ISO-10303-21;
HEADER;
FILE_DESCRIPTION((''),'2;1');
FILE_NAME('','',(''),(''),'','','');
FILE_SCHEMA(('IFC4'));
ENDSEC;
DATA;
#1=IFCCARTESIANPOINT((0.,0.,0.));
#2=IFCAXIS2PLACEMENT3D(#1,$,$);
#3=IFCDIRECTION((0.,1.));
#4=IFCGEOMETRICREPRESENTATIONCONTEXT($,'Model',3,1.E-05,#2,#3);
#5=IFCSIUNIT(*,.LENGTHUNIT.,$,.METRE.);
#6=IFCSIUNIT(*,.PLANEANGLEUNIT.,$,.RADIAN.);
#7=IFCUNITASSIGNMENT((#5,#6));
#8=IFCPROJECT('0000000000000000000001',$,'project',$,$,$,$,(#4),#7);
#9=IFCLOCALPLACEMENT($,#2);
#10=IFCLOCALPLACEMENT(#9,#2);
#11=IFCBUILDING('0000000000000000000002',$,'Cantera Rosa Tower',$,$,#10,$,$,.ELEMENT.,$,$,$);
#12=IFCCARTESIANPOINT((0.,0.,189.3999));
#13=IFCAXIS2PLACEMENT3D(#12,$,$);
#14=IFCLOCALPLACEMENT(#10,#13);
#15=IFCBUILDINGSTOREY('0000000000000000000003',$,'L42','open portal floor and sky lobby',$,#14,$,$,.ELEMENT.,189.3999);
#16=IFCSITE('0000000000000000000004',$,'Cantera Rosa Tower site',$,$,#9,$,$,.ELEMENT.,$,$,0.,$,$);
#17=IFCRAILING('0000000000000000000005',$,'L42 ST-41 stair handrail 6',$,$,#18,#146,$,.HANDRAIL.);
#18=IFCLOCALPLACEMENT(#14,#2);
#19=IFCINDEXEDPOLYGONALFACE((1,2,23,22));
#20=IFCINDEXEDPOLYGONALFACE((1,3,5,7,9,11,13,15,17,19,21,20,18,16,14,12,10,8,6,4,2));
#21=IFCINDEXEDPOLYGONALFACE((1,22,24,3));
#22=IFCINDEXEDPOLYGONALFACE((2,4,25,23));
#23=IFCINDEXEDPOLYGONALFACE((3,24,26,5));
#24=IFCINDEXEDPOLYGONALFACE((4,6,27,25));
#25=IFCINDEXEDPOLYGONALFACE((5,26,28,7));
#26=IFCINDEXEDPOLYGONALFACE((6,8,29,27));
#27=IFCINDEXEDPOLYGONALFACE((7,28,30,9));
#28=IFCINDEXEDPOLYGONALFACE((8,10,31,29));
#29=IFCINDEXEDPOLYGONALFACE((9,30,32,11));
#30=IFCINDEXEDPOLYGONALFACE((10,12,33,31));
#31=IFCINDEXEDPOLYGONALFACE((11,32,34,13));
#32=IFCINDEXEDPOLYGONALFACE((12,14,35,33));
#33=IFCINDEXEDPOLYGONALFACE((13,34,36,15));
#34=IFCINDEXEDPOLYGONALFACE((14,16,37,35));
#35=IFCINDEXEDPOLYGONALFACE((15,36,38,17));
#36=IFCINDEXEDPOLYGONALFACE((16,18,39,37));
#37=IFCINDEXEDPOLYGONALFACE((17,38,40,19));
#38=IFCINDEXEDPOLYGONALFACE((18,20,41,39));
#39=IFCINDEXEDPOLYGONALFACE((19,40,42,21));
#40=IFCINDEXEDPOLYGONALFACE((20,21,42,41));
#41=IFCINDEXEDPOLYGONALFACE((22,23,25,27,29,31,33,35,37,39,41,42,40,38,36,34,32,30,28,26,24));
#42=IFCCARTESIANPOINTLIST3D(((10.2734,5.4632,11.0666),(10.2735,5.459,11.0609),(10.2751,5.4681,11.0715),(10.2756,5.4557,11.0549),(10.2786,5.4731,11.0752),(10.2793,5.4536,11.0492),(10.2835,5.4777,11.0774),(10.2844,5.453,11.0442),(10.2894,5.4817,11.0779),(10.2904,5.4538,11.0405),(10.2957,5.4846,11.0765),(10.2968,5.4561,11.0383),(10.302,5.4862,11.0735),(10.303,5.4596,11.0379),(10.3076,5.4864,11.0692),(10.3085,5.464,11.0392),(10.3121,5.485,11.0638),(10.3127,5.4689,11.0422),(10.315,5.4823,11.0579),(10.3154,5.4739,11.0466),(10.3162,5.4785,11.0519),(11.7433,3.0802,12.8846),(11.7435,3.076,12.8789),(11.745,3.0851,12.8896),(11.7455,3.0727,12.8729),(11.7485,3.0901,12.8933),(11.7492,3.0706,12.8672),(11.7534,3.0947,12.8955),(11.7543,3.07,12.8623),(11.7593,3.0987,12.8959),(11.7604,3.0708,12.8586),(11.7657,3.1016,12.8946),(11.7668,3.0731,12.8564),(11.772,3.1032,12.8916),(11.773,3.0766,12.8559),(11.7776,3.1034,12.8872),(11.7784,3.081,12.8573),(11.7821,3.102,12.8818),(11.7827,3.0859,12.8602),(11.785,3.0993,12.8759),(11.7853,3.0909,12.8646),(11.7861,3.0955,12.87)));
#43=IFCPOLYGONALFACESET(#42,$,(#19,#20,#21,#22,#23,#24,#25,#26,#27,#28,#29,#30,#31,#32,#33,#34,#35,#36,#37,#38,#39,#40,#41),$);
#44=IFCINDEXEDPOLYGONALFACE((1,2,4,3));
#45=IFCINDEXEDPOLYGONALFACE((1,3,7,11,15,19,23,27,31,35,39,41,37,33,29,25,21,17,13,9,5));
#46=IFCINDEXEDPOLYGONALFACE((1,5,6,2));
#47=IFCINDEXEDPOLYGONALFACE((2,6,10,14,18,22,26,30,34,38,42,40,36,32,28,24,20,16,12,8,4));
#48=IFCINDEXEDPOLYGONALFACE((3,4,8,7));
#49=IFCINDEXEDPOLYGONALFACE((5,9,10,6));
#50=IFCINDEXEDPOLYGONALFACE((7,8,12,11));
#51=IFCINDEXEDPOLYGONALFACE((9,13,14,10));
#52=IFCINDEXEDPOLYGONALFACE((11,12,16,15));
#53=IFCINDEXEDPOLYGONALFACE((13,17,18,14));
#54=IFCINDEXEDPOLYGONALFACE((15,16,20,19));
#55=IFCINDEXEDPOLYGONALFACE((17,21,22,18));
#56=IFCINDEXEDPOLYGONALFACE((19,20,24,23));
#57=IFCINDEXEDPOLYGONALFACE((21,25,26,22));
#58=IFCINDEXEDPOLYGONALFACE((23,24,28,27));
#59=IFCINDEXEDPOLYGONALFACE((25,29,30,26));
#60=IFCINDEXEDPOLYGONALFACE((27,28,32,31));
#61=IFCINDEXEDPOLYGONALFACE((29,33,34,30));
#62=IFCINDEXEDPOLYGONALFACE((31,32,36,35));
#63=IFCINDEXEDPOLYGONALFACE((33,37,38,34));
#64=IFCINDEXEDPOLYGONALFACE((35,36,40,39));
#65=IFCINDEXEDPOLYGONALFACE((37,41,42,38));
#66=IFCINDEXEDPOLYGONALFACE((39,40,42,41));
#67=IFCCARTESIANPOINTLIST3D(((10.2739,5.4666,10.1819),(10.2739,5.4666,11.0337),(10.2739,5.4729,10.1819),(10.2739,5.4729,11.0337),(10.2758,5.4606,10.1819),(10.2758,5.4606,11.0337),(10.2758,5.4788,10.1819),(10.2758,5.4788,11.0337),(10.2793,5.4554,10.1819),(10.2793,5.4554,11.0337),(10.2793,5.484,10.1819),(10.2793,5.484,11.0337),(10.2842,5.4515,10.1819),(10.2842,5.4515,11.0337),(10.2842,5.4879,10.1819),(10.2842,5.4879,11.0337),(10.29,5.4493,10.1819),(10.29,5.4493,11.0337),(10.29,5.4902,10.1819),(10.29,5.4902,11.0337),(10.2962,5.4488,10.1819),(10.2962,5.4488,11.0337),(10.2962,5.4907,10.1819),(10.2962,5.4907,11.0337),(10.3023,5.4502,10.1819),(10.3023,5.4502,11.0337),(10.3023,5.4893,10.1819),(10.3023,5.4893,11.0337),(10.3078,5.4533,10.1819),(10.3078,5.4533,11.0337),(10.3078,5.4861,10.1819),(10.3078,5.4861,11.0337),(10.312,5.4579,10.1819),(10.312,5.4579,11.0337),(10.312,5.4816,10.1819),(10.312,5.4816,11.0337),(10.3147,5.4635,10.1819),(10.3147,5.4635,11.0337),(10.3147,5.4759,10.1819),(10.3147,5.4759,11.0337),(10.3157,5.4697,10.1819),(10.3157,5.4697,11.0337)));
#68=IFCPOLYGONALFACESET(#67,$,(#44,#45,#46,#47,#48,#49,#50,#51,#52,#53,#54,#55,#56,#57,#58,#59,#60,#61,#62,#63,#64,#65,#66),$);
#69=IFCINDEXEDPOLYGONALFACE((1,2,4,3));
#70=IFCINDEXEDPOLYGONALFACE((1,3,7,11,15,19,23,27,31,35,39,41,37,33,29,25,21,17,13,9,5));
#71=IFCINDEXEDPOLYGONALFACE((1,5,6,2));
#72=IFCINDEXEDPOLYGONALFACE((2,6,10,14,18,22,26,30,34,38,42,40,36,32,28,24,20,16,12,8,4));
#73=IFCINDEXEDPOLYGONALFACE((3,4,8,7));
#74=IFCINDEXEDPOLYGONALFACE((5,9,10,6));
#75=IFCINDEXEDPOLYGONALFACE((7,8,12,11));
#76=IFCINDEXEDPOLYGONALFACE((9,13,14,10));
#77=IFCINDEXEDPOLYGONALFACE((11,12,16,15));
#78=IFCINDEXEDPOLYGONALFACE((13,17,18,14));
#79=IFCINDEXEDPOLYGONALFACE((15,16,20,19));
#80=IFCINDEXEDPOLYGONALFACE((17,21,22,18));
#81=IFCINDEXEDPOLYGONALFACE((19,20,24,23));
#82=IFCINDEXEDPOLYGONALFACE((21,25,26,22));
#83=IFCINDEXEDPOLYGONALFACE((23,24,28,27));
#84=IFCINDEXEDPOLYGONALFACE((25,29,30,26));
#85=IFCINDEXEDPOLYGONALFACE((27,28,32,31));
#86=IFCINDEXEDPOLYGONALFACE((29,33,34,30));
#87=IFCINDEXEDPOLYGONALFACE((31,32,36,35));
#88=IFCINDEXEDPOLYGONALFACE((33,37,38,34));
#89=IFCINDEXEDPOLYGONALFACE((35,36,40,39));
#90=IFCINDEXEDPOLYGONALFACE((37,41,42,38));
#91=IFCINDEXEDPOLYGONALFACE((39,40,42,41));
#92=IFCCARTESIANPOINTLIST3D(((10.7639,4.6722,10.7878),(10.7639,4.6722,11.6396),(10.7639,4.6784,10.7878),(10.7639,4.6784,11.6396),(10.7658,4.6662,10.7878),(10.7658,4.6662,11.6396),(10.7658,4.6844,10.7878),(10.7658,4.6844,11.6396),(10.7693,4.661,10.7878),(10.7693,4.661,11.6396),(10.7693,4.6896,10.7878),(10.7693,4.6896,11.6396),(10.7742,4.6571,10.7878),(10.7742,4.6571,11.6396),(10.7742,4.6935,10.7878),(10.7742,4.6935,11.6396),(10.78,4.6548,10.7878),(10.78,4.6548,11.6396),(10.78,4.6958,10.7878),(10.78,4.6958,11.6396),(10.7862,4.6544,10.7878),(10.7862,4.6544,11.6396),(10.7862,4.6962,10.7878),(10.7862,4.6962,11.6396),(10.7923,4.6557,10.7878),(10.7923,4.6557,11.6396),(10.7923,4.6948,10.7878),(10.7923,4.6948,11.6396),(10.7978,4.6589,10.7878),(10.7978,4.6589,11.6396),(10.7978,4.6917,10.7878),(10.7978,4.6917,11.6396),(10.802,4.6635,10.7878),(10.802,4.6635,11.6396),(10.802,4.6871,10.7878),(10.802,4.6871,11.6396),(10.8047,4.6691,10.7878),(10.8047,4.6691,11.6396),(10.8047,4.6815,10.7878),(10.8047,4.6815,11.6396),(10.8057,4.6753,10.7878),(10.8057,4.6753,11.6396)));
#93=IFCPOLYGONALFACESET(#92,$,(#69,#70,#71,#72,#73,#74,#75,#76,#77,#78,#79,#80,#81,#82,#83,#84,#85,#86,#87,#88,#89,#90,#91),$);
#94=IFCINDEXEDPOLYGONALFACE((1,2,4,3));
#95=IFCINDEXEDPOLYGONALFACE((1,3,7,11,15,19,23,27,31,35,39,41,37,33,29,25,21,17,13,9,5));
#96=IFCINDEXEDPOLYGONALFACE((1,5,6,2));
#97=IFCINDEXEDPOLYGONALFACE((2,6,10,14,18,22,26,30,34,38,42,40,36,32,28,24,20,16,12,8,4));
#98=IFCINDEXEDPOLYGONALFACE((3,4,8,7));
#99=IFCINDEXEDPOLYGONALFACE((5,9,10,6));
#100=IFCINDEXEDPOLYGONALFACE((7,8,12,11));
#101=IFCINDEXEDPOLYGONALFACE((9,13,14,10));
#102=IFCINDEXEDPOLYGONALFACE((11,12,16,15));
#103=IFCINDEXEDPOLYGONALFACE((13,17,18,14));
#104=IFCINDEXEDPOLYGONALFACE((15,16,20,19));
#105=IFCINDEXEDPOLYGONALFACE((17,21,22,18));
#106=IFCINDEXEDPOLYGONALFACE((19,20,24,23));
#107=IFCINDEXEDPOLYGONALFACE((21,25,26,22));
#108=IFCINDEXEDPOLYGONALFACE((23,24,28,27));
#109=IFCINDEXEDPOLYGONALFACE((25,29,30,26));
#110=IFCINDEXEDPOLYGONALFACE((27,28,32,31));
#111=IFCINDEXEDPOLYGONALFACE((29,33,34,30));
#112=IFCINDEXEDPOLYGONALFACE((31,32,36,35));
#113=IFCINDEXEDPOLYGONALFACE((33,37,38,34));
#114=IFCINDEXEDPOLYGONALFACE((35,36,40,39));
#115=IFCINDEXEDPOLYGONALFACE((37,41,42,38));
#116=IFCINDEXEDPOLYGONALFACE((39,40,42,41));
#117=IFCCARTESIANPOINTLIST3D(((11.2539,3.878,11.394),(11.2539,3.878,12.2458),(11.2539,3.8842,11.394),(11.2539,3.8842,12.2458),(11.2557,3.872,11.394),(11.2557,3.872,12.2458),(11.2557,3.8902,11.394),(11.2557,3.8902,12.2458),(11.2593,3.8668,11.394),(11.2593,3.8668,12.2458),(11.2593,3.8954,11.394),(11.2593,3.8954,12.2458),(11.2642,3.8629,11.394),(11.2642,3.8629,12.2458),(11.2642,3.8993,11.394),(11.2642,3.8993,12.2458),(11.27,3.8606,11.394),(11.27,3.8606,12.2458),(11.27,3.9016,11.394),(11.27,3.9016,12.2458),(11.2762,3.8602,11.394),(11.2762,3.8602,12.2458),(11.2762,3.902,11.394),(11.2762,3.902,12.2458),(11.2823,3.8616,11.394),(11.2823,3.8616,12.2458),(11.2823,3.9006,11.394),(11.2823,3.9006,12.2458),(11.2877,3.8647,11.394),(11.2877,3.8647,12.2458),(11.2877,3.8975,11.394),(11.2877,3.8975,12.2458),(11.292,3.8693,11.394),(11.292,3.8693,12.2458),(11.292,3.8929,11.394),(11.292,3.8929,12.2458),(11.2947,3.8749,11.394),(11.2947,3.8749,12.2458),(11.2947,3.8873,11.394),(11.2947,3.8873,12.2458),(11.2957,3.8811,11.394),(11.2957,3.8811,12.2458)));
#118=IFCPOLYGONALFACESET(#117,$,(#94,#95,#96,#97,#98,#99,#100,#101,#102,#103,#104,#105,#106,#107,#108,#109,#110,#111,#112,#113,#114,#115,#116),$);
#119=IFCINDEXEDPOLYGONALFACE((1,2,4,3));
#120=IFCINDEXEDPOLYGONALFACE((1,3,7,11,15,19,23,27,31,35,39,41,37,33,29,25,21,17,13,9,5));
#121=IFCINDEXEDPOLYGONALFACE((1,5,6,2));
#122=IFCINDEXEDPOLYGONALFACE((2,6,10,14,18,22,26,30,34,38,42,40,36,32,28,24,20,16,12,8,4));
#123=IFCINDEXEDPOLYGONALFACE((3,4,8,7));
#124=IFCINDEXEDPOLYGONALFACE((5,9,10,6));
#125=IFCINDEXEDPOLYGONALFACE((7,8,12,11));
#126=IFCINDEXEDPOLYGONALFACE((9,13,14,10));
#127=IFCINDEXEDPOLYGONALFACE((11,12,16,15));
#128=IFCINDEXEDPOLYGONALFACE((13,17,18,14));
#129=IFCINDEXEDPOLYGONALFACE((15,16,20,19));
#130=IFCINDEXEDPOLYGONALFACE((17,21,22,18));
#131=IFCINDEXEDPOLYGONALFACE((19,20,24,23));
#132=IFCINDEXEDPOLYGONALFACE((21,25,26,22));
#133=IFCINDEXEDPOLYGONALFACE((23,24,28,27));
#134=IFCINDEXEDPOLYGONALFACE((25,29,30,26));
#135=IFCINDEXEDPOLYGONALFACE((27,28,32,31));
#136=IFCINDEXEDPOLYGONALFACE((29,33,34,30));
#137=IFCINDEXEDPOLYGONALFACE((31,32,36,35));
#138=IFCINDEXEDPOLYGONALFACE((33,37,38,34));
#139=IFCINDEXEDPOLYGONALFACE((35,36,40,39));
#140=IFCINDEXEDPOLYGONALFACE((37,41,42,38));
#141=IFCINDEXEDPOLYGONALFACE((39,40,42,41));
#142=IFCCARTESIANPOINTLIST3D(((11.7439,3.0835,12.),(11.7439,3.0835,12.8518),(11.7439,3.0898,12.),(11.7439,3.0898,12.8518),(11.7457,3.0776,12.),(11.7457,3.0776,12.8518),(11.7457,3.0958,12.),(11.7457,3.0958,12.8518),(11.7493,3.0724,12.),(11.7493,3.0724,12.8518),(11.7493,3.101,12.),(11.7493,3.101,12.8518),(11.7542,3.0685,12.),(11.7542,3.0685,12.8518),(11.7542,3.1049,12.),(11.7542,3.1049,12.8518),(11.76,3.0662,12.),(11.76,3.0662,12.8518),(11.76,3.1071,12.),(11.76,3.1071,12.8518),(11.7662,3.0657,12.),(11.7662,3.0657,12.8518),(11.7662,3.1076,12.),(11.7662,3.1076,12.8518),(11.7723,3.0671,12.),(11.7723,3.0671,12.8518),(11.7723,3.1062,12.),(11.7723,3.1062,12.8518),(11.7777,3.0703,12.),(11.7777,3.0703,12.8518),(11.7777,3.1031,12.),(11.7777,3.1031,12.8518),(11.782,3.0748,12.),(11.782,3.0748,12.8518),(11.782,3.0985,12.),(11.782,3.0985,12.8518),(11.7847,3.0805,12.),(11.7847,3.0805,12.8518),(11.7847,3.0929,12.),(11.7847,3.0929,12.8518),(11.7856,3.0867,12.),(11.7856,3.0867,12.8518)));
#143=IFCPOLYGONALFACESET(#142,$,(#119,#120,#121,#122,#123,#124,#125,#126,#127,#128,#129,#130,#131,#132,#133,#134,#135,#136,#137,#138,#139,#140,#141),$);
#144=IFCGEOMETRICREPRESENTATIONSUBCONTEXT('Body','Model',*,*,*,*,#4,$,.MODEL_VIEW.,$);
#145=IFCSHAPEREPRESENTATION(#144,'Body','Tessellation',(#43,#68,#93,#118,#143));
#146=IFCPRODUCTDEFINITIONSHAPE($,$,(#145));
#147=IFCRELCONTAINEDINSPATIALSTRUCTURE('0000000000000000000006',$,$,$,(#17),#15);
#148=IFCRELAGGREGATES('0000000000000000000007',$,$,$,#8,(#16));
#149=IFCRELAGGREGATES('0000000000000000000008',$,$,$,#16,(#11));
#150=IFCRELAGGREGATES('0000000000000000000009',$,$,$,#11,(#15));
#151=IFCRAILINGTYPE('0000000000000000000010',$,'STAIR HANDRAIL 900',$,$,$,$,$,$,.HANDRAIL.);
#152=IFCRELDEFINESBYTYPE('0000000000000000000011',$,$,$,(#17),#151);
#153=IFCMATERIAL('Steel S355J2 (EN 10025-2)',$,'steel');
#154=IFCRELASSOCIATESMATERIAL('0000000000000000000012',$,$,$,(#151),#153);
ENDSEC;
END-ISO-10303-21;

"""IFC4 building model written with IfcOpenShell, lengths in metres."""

from ifc_helpers import new_model, si_unit, direction, frame, origin, origin_2d, place, context, subcontext, project, spatial, circle, extrude, material, type_object, element, save


model = new_model("IFC4")

# Units and contexts
model_context = context("Model", 3, precision=1e-05, world=origin(), true_north=direction((0.0, 1.0)))
body_context = subcontext(model_context, "Body", "Model", "MODEL_VIEW")
ifc_project = project(units=[si_unit("LENGTHUNIT", "METRE"), si_unit("PLANEANGLEUNIT", "RADIAN")], contexts=[model_context])

# Site, building, storey
site_placement = place(None, origin())
site = spatial("IfcSite", under=ifc_project, at=site_placement, Name="Cantera Rosa Tower site", CompositionType="ELEMENT", RefElevation=0.0)
building_placement = place(site_placement, origin())
building = spatial("IfcBuilding", under=site, at=building_placement, Name="Cantera Rosa Tower", CompositionType="ELEMENT")
storey_placement = place(building_placement, frame((0.0, 0.0, 189.3999)))
storey = spatial("IfcBuildingStorey", under=building, at=storey_placement, Name="L42", Description="open portal floor and sky lobby", CompositionType="ELEMENT", Elevation=189.3999)

# Railing
ifc_material_1 = material(Name="Steel S355J2 (EN 10025-2)", Category="steel")
railing_type_1 = type_object("IfcRailingType", Name="STAIR HANDRAIL 900", PredefinedType="HANDRAIL", material=ifc_material_1)
for number, where, name in (
    (1, (10.2947, 5.4697, 10.1819), "L42 ST-41 stair handrail 6"),
):
    element("IfcRailing", number, at=place(storey_placement, frame(where)), inside=storey, type_object=railing_type_1, Name=name, PredefinedType="HANDRAIL", context=body_context, shape_type="SweptSolid", body=[
        extrude(circle(Radius=0.0239, at=origin_2d()), frame((0.0, 0.0, 0.876), z_axis=(0.440314, -0.713819, 0.544597), x_axis=(0.851104, 0.524997, 0.0)), (0.0, 0.0, 1.0), 3.3384),
        extrude(circle(Radius=0.021, at=origin_2d()), origin(), (0.0, 0.0, 1.0), 0.8518),
        extrude(circle(Radius=0.021, at=origin_2d()), frame((0.49, -0.7944, 0.606)), (0.0, 0.0, 1.0), 0.8518),
        extrude(circle(Radius=0.021, at=origin_2d()), frame((0.98, -1.5886, 1.2122)), (0.0, 0.0, 1.0), 0.8518),
        extrude(circle(Radius=0.021, at=origin_2d()), frame((1.47, -2.3831, 1.8181)), (0.0, 0.0, 1.0), 0.8518),
    ])

save(model, "model.ifc")
